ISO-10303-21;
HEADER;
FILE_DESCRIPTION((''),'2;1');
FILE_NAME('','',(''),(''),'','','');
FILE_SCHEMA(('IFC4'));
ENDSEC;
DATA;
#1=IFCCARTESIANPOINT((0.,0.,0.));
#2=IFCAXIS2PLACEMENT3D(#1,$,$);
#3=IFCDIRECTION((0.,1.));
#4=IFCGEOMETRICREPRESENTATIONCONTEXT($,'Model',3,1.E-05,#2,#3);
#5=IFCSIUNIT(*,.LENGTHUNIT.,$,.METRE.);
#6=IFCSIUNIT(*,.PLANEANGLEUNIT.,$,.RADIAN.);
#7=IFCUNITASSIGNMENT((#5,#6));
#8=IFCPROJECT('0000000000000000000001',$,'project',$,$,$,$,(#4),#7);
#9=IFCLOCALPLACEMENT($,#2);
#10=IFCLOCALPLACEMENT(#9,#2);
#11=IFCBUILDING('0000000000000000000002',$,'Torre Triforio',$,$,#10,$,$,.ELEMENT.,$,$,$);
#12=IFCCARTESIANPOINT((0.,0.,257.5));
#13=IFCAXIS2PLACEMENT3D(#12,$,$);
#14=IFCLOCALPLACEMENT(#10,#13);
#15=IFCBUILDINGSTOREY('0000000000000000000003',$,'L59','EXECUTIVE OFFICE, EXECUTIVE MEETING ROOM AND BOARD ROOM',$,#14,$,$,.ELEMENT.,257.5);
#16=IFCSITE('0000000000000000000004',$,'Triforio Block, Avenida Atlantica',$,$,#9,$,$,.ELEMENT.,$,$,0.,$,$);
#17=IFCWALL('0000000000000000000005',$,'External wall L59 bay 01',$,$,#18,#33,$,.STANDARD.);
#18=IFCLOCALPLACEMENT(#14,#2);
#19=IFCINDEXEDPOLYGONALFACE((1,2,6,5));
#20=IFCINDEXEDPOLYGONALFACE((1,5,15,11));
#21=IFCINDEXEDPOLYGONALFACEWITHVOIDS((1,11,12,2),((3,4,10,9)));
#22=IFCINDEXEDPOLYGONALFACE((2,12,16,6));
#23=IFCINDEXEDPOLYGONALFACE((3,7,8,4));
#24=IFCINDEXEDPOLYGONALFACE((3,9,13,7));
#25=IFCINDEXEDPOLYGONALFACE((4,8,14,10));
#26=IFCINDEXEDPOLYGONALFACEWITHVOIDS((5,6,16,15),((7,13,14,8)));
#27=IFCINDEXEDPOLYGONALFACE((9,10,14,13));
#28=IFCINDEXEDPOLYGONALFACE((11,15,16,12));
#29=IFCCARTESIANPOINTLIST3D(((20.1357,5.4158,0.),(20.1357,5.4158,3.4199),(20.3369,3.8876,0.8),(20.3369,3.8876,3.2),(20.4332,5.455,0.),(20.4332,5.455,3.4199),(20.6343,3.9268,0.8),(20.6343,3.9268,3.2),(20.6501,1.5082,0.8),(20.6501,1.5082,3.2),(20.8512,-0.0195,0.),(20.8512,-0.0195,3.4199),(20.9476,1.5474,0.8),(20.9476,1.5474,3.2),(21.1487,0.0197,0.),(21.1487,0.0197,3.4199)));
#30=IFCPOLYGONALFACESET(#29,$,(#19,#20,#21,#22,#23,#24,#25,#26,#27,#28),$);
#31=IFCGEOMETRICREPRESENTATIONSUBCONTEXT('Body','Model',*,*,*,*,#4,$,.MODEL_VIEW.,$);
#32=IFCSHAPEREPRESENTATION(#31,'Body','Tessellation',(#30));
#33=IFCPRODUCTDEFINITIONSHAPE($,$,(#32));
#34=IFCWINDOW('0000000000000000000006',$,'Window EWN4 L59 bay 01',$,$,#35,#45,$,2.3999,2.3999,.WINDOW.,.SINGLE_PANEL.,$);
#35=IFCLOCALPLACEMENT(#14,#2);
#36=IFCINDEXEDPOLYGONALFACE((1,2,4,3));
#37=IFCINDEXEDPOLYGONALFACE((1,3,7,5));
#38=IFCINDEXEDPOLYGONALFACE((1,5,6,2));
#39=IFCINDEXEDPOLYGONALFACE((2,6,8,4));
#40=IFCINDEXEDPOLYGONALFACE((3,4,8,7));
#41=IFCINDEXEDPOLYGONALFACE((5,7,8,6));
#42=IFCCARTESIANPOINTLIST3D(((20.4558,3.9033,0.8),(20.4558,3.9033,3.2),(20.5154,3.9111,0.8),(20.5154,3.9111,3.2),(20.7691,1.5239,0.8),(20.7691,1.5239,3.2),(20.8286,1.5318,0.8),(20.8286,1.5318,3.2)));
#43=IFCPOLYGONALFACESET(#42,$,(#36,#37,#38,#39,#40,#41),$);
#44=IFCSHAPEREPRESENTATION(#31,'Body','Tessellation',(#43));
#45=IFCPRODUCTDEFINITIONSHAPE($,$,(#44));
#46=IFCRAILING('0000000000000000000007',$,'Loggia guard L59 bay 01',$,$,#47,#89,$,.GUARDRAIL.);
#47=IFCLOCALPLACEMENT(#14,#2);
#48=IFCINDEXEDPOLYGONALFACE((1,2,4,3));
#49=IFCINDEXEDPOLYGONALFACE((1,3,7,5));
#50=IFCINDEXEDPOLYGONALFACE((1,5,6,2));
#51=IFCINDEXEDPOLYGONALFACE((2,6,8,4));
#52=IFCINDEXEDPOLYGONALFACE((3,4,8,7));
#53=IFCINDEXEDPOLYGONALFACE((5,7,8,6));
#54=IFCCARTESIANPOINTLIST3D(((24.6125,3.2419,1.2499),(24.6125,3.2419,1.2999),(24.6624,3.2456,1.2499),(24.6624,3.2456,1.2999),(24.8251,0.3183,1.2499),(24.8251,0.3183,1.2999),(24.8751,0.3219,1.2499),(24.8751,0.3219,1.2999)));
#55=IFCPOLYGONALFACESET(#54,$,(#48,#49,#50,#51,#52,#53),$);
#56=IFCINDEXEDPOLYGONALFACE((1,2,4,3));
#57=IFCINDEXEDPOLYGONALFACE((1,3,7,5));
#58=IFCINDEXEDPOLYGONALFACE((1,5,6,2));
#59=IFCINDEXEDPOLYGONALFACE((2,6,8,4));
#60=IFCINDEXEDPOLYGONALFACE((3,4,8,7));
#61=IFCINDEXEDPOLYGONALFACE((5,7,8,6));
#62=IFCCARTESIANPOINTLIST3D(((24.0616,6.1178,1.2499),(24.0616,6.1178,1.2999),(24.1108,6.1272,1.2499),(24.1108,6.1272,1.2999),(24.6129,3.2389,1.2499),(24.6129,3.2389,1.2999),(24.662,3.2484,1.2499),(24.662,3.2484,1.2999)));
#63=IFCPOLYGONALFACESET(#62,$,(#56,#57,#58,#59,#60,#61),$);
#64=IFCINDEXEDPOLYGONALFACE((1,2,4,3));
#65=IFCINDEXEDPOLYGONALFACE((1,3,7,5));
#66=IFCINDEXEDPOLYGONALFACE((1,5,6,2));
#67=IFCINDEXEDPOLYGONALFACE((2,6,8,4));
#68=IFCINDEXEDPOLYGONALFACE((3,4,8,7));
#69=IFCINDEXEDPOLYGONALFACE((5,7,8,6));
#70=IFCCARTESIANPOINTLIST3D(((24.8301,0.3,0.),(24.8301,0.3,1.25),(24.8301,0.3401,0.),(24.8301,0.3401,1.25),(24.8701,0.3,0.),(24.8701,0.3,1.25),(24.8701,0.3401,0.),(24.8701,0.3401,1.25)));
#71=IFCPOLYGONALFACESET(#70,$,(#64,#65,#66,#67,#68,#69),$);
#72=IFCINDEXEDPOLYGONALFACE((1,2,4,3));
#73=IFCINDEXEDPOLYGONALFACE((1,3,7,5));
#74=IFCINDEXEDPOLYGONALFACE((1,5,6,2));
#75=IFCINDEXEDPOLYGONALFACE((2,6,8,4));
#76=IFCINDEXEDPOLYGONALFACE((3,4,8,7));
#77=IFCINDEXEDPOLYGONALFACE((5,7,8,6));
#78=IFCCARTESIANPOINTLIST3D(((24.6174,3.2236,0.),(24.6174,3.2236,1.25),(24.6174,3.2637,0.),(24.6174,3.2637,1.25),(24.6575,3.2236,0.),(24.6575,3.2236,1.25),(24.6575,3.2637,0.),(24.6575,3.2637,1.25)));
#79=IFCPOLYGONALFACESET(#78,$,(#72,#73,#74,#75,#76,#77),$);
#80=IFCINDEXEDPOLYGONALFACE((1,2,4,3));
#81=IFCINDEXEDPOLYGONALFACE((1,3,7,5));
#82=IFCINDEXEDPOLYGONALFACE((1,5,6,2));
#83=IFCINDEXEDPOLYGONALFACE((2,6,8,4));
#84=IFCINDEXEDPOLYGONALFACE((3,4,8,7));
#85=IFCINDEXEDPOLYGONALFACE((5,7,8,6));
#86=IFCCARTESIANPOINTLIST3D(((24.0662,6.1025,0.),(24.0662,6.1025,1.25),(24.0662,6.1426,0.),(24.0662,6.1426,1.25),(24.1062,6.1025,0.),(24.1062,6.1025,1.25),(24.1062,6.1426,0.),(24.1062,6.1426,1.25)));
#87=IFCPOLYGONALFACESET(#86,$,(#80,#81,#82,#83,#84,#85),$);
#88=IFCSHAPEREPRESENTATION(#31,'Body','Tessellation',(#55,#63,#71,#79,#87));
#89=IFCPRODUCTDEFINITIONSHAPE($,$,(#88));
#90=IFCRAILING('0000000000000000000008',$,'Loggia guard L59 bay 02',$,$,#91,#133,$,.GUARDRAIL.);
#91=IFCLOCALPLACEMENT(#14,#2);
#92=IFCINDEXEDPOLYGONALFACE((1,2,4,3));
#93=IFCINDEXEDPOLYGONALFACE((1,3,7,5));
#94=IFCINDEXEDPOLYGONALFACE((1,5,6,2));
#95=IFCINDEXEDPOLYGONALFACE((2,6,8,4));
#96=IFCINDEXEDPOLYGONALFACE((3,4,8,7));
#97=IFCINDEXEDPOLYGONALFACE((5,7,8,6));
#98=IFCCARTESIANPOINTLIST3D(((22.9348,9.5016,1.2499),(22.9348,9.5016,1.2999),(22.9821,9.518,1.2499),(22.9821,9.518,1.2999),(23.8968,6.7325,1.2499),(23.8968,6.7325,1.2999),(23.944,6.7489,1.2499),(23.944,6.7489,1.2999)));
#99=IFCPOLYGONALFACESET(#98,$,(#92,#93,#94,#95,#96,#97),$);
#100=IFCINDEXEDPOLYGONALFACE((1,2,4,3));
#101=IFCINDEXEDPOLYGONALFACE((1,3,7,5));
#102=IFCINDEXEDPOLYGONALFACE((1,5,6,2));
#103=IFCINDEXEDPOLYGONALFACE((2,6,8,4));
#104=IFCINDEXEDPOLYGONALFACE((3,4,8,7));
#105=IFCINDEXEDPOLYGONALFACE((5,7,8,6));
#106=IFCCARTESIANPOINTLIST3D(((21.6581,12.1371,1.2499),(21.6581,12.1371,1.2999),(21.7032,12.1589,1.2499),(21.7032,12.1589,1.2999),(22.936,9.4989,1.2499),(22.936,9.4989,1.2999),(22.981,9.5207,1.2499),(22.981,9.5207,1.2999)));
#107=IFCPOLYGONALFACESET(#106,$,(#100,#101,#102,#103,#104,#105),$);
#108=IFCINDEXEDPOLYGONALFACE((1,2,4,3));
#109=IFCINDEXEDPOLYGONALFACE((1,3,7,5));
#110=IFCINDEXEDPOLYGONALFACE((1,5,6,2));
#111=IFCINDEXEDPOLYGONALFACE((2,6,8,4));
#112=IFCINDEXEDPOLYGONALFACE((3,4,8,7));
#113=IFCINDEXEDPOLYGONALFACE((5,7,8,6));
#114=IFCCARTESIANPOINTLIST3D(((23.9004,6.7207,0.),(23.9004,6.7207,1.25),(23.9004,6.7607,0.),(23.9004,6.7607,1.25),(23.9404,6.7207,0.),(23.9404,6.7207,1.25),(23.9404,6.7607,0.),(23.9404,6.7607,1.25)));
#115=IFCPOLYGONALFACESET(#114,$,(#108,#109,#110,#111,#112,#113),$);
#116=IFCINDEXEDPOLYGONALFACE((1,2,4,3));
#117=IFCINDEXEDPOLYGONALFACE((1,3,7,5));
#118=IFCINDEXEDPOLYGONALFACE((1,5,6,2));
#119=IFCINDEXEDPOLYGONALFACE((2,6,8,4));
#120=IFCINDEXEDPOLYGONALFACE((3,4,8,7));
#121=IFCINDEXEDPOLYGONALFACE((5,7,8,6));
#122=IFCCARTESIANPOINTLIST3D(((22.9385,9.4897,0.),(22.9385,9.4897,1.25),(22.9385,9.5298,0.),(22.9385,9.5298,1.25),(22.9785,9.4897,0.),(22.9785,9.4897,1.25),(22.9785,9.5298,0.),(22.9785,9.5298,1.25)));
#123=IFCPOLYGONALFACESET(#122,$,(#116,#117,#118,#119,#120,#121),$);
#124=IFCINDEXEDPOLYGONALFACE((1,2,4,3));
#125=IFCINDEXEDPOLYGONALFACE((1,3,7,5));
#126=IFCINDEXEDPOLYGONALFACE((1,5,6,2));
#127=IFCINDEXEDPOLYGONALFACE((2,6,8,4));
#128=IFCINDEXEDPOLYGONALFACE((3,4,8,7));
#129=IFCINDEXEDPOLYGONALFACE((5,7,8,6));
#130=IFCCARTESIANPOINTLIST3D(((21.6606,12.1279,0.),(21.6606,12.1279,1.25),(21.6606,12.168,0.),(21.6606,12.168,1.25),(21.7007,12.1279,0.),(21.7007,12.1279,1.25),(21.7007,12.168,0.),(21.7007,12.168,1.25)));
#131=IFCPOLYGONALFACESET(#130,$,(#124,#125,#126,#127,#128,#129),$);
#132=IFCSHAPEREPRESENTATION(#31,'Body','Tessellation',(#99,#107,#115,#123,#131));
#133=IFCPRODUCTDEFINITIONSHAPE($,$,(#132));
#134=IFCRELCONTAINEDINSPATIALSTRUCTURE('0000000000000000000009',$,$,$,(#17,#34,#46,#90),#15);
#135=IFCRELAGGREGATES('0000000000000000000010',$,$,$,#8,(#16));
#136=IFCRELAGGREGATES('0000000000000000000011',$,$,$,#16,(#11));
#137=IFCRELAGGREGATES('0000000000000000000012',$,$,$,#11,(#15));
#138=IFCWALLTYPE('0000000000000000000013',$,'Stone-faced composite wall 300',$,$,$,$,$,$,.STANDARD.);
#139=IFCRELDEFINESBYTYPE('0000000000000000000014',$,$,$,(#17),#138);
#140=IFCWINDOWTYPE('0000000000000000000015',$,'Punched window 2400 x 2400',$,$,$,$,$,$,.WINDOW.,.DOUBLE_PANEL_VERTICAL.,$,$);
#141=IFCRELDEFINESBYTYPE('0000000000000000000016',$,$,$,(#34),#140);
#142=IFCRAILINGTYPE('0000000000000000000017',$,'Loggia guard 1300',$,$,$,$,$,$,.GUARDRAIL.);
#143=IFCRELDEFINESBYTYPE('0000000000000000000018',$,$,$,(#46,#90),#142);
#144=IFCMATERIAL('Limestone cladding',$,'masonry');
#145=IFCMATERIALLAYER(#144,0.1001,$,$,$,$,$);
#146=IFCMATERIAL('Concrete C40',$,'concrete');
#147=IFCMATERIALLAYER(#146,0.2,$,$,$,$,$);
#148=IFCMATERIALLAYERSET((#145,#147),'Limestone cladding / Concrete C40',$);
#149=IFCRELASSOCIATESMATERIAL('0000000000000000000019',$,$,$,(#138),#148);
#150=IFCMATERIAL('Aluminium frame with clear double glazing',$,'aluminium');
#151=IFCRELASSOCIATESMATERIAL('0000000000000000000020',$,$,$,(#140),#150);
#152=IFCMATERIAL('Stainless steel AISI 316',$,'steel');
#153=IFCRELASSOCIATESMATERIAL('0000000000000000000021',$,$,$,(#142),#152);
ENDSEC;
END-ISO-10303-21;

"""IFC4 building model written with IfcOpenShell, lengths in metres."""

from ifc_helpers import new_model, si_unit, direction, frame, frame_2d, origin, origin_2d, place, context, subcontext, project, spatial, rectangle, extrude, material, layer, layer_set, type_object, element, fill, save


model = new_model("IFC4")

# Units and contexts
model_context = context("Model", 3, precision=1e-05, world=origin(), true_north=direction((0.0, 1.0)))
body_context = subcontext(model_context, "Body", "Model", "MODEL_VIEW")
ifc_project = project(units=[si_unit("LENGTHUNIT", "METRE"), si_unit("PLANEANGLEUNIT", "RADIAN")], contexts=[model_context])

# Site, building, storey
site_placement = place(None, origin())
site = spatial("IfcSite", under=ifc_project, at=site_placement, Name="Triforio Block, Avenida Atlantica", CompositionType="ELEMENT", RefElevation=0.0)
building_placement = place(site_placement, origin())
building = spatial("IfcBuilding", under=site, at=building_placement, Name="Torre Triforio", CompositionType="ELEMENT")
storey_placement = place(building_placement, frame((0.0, 0.0, 257.5)))
storey = spatial("IfcBuildingStorey", under=building, at=storey_placement, Name="L59", Description="EXECUTIVE OFFICE, EXECUTIVE MEETING ROOM AND BOARD ROOM", CompositionType="ELEMENT", Elevation=257.5)

# Shared definitions
ifc_material_1 = material(Name="Concrete C40", Category="concrete")

# Shared definitions
ifc_material_2 = material(Name="Limestone cladding", Category="masonry")

# Wall, opening, window
ifc_layer_1 = layer(ifc_material_2, 0.1001)
ifc_layer_2 = layer(ifc_material_1, 0.2)
ifc_layer_set_1 = layer_set([ifc_layer_1, ifc_layer_2], Name="Limestone cladding / Concrete C40")
wall_type_1 = type_object("IfcWallType", Name="Stone-faced composite wall 300", PredefinedType="STANDARD", material=ifc_layer_set_1)
wall_1_placement = place(storey_placement, frame((21.0, 0.0, 0.0), z_axis=(0.0, 0.0, 1.0), x_axis=(-0.130527, 0.991445, 0.0)))
wall_1 = element("IfcWall", 1, at=wall_1_placement, inside=storey, type_object=wall_type_1, Name="External wall L59 bay 01", PredefinedType="STANDARD", context=body_context, shape_type="SweptSolid", body=[
    extrude(rectangle(XDim=5.4822, YDim=0.3, at=frame_2d((2.7412, 0.0))), origin(), (0.0, 0.0, 1.0), 3.4199),
])
opening_1_placement = place(wall_1_placement, frame((1.541, 0.0, 0.8)))
opening_1 = element("IfcOpeningElement", 2, at=opening_1_placement, cuts=wall_1, PredefinedType="OPENING", context=body_context, shape_type="SweptSolid", body=[
    extrude(rectangle(XDim=2.3999, YDim=2.3999, at=frame_2d((1.2, 1.2))), frame((0.0, 0.1599, 0.0), z_axis=(0.0, -1.0, 0.0), x_axis=(1.0, 0.0, 0.0)), (0.0, 0.0, 1.0), 0.3201),
])
ifc_material_3 = material(Name="Aluminium frame with clear double glazing", Category="aluminium")
window_type_1 = type_object("IfcWindowType", Name="Punched window 2400 x 2400", PartitioningType="DOUBLE_PANEL_VERTICAL", PredefinedType="WINDOW", material=ifc_material_3)
window_1_placement = place(opening_1_placement, origin())
window_1 = element("IfcWindow", 3, at=window_1_placement, inside=storey, type_object=window_type_1, Name="Window EWN4 L59 bay 01", OverallHeight=2.3999, OverallWidth=2.3999, PartitioningType="SINGLE_PANEL", PredefinedType="WINDOW", context=body_context, shape_type="SweptSolid", body=[
    extrude(rectangle(XDim=2.3999, YDim=2.3999, at=frame_2d((1.2, 1.2))), frame((0.0, 0.03, 0.0), z_axis=(0.0, -1.0, 0.0), x_axis=(1.0, 0.0, 0.0)), (0.0, 0.0, 1.0), 0.0601),
])
fill(opening_1, window_1)

# Railings
ifc_material_4 = material(Name="Stainless steel AISI 316", Category="steel")
railing_type = type_object("IfcRailingType", Name="Loggia guard 1300", PredefinedType="GUARDRAIL", material=ifc_material_4)
railing_1_placement = place(storey_placement, frame((24.8501, 0.3201, 0.0)))
element("IfcRailing", 4, at=railing_1_placement, inside=storey, type_object=railing_type, Name="Loggia guard L59 bay 01", PredefinedType="GUARDRAIL", context=body_context, shape_type="SweptSolid", body=[
    extrude(rectangle(XDim=0.05, YDim=0.05, at=origin_2d()), frame((0.0, 0.0, 1.2749), z_axis=(-0.072543, 0.997365, 0.0), x_axis=(-0.997365, -0.072543, 0.0)), (0.0, 0.0, 1.0), 2.9314),
    extrude(rectangle(XDim=0.05, YDim=0.05, at=origin_2d()), frame((-0.2126, 2.9236, 1.2749), z_axis=(-0.188069, 0.982156, 0.0), x_axis=(-0.982156, -0.188069, 0.0)), (0.0, 0.0, 1.0), 2.9312),
    extrude(rectangle(XDim=0.04, YDim=0.04, at=origin_2d()), origin(), (0.0, 0.0, 1.0), 1.25),
    extrude(rectangle(XDim=0.04, YDim=0.04, at=origin_2d()), frame((-0.2126, 2.9236, 0.0)), (0.0, 0.0, 1.0), 1.25),
    extrude(rectangle(XDim=0.04, YDim=0.04, at=origin_2d()), frame((-0.7639, 5.8025, 0.0)), (0.0, 0.0, 1.0), 1.25),
])
railing_2_placement = place(storey_placement, frame((23.9204, 6.7407, 0.0)))
element("IfcRailing", 5, at=railing_2_placement, inside=storey, type_object=railing_type, Name="Loggia guard L59 bay 02", PredefinedType="GUARDRAIL", context=body_context, shape_type="SweptSolid", body=[
    extrude(rectangle(XDim=0.05, YDim=0.05, at=origin_2d()), frame((0.0, 0.0, 1.2749), z_axis=(-0.328146, 0.944627, 0.0), x_axis=(-0.944627, -0.328146, 0.0)), (0.0, 0.0, 1.0), 2.9314),
    extrude(rectangle(XDim=0.05, YDim=0.05, at=origin_2d()), frame((-0.9619, 2.769, 1.2749), z_axis=(-0.435918, 0.899986, 0.0), x_axis=(-0.899986, -0.435918, 0.0)), (0.0, 0.0, 1.0), 2.9314),
    extrude(rectangle(XDim=0.04, YDim=0.04, at=origin_2d()), origin(), (0.0, 0.0, 1.0), 1.25),
    extrude(rectangle(XDim=0.04, YDim=0.04, at=origin_2d()), frame((-0.9619, 2.769, 0.0)), (0.0, 0.0, 1.0), 1.25),
    extrude(rectangle(XDim=0.04, YDim=0.04, at=origin_2d()), frame((-2.2397, 5.4072, 0.0)), (0.0, 0.0, 1.0), 1.25),
])

save(model, "model.ifc")
